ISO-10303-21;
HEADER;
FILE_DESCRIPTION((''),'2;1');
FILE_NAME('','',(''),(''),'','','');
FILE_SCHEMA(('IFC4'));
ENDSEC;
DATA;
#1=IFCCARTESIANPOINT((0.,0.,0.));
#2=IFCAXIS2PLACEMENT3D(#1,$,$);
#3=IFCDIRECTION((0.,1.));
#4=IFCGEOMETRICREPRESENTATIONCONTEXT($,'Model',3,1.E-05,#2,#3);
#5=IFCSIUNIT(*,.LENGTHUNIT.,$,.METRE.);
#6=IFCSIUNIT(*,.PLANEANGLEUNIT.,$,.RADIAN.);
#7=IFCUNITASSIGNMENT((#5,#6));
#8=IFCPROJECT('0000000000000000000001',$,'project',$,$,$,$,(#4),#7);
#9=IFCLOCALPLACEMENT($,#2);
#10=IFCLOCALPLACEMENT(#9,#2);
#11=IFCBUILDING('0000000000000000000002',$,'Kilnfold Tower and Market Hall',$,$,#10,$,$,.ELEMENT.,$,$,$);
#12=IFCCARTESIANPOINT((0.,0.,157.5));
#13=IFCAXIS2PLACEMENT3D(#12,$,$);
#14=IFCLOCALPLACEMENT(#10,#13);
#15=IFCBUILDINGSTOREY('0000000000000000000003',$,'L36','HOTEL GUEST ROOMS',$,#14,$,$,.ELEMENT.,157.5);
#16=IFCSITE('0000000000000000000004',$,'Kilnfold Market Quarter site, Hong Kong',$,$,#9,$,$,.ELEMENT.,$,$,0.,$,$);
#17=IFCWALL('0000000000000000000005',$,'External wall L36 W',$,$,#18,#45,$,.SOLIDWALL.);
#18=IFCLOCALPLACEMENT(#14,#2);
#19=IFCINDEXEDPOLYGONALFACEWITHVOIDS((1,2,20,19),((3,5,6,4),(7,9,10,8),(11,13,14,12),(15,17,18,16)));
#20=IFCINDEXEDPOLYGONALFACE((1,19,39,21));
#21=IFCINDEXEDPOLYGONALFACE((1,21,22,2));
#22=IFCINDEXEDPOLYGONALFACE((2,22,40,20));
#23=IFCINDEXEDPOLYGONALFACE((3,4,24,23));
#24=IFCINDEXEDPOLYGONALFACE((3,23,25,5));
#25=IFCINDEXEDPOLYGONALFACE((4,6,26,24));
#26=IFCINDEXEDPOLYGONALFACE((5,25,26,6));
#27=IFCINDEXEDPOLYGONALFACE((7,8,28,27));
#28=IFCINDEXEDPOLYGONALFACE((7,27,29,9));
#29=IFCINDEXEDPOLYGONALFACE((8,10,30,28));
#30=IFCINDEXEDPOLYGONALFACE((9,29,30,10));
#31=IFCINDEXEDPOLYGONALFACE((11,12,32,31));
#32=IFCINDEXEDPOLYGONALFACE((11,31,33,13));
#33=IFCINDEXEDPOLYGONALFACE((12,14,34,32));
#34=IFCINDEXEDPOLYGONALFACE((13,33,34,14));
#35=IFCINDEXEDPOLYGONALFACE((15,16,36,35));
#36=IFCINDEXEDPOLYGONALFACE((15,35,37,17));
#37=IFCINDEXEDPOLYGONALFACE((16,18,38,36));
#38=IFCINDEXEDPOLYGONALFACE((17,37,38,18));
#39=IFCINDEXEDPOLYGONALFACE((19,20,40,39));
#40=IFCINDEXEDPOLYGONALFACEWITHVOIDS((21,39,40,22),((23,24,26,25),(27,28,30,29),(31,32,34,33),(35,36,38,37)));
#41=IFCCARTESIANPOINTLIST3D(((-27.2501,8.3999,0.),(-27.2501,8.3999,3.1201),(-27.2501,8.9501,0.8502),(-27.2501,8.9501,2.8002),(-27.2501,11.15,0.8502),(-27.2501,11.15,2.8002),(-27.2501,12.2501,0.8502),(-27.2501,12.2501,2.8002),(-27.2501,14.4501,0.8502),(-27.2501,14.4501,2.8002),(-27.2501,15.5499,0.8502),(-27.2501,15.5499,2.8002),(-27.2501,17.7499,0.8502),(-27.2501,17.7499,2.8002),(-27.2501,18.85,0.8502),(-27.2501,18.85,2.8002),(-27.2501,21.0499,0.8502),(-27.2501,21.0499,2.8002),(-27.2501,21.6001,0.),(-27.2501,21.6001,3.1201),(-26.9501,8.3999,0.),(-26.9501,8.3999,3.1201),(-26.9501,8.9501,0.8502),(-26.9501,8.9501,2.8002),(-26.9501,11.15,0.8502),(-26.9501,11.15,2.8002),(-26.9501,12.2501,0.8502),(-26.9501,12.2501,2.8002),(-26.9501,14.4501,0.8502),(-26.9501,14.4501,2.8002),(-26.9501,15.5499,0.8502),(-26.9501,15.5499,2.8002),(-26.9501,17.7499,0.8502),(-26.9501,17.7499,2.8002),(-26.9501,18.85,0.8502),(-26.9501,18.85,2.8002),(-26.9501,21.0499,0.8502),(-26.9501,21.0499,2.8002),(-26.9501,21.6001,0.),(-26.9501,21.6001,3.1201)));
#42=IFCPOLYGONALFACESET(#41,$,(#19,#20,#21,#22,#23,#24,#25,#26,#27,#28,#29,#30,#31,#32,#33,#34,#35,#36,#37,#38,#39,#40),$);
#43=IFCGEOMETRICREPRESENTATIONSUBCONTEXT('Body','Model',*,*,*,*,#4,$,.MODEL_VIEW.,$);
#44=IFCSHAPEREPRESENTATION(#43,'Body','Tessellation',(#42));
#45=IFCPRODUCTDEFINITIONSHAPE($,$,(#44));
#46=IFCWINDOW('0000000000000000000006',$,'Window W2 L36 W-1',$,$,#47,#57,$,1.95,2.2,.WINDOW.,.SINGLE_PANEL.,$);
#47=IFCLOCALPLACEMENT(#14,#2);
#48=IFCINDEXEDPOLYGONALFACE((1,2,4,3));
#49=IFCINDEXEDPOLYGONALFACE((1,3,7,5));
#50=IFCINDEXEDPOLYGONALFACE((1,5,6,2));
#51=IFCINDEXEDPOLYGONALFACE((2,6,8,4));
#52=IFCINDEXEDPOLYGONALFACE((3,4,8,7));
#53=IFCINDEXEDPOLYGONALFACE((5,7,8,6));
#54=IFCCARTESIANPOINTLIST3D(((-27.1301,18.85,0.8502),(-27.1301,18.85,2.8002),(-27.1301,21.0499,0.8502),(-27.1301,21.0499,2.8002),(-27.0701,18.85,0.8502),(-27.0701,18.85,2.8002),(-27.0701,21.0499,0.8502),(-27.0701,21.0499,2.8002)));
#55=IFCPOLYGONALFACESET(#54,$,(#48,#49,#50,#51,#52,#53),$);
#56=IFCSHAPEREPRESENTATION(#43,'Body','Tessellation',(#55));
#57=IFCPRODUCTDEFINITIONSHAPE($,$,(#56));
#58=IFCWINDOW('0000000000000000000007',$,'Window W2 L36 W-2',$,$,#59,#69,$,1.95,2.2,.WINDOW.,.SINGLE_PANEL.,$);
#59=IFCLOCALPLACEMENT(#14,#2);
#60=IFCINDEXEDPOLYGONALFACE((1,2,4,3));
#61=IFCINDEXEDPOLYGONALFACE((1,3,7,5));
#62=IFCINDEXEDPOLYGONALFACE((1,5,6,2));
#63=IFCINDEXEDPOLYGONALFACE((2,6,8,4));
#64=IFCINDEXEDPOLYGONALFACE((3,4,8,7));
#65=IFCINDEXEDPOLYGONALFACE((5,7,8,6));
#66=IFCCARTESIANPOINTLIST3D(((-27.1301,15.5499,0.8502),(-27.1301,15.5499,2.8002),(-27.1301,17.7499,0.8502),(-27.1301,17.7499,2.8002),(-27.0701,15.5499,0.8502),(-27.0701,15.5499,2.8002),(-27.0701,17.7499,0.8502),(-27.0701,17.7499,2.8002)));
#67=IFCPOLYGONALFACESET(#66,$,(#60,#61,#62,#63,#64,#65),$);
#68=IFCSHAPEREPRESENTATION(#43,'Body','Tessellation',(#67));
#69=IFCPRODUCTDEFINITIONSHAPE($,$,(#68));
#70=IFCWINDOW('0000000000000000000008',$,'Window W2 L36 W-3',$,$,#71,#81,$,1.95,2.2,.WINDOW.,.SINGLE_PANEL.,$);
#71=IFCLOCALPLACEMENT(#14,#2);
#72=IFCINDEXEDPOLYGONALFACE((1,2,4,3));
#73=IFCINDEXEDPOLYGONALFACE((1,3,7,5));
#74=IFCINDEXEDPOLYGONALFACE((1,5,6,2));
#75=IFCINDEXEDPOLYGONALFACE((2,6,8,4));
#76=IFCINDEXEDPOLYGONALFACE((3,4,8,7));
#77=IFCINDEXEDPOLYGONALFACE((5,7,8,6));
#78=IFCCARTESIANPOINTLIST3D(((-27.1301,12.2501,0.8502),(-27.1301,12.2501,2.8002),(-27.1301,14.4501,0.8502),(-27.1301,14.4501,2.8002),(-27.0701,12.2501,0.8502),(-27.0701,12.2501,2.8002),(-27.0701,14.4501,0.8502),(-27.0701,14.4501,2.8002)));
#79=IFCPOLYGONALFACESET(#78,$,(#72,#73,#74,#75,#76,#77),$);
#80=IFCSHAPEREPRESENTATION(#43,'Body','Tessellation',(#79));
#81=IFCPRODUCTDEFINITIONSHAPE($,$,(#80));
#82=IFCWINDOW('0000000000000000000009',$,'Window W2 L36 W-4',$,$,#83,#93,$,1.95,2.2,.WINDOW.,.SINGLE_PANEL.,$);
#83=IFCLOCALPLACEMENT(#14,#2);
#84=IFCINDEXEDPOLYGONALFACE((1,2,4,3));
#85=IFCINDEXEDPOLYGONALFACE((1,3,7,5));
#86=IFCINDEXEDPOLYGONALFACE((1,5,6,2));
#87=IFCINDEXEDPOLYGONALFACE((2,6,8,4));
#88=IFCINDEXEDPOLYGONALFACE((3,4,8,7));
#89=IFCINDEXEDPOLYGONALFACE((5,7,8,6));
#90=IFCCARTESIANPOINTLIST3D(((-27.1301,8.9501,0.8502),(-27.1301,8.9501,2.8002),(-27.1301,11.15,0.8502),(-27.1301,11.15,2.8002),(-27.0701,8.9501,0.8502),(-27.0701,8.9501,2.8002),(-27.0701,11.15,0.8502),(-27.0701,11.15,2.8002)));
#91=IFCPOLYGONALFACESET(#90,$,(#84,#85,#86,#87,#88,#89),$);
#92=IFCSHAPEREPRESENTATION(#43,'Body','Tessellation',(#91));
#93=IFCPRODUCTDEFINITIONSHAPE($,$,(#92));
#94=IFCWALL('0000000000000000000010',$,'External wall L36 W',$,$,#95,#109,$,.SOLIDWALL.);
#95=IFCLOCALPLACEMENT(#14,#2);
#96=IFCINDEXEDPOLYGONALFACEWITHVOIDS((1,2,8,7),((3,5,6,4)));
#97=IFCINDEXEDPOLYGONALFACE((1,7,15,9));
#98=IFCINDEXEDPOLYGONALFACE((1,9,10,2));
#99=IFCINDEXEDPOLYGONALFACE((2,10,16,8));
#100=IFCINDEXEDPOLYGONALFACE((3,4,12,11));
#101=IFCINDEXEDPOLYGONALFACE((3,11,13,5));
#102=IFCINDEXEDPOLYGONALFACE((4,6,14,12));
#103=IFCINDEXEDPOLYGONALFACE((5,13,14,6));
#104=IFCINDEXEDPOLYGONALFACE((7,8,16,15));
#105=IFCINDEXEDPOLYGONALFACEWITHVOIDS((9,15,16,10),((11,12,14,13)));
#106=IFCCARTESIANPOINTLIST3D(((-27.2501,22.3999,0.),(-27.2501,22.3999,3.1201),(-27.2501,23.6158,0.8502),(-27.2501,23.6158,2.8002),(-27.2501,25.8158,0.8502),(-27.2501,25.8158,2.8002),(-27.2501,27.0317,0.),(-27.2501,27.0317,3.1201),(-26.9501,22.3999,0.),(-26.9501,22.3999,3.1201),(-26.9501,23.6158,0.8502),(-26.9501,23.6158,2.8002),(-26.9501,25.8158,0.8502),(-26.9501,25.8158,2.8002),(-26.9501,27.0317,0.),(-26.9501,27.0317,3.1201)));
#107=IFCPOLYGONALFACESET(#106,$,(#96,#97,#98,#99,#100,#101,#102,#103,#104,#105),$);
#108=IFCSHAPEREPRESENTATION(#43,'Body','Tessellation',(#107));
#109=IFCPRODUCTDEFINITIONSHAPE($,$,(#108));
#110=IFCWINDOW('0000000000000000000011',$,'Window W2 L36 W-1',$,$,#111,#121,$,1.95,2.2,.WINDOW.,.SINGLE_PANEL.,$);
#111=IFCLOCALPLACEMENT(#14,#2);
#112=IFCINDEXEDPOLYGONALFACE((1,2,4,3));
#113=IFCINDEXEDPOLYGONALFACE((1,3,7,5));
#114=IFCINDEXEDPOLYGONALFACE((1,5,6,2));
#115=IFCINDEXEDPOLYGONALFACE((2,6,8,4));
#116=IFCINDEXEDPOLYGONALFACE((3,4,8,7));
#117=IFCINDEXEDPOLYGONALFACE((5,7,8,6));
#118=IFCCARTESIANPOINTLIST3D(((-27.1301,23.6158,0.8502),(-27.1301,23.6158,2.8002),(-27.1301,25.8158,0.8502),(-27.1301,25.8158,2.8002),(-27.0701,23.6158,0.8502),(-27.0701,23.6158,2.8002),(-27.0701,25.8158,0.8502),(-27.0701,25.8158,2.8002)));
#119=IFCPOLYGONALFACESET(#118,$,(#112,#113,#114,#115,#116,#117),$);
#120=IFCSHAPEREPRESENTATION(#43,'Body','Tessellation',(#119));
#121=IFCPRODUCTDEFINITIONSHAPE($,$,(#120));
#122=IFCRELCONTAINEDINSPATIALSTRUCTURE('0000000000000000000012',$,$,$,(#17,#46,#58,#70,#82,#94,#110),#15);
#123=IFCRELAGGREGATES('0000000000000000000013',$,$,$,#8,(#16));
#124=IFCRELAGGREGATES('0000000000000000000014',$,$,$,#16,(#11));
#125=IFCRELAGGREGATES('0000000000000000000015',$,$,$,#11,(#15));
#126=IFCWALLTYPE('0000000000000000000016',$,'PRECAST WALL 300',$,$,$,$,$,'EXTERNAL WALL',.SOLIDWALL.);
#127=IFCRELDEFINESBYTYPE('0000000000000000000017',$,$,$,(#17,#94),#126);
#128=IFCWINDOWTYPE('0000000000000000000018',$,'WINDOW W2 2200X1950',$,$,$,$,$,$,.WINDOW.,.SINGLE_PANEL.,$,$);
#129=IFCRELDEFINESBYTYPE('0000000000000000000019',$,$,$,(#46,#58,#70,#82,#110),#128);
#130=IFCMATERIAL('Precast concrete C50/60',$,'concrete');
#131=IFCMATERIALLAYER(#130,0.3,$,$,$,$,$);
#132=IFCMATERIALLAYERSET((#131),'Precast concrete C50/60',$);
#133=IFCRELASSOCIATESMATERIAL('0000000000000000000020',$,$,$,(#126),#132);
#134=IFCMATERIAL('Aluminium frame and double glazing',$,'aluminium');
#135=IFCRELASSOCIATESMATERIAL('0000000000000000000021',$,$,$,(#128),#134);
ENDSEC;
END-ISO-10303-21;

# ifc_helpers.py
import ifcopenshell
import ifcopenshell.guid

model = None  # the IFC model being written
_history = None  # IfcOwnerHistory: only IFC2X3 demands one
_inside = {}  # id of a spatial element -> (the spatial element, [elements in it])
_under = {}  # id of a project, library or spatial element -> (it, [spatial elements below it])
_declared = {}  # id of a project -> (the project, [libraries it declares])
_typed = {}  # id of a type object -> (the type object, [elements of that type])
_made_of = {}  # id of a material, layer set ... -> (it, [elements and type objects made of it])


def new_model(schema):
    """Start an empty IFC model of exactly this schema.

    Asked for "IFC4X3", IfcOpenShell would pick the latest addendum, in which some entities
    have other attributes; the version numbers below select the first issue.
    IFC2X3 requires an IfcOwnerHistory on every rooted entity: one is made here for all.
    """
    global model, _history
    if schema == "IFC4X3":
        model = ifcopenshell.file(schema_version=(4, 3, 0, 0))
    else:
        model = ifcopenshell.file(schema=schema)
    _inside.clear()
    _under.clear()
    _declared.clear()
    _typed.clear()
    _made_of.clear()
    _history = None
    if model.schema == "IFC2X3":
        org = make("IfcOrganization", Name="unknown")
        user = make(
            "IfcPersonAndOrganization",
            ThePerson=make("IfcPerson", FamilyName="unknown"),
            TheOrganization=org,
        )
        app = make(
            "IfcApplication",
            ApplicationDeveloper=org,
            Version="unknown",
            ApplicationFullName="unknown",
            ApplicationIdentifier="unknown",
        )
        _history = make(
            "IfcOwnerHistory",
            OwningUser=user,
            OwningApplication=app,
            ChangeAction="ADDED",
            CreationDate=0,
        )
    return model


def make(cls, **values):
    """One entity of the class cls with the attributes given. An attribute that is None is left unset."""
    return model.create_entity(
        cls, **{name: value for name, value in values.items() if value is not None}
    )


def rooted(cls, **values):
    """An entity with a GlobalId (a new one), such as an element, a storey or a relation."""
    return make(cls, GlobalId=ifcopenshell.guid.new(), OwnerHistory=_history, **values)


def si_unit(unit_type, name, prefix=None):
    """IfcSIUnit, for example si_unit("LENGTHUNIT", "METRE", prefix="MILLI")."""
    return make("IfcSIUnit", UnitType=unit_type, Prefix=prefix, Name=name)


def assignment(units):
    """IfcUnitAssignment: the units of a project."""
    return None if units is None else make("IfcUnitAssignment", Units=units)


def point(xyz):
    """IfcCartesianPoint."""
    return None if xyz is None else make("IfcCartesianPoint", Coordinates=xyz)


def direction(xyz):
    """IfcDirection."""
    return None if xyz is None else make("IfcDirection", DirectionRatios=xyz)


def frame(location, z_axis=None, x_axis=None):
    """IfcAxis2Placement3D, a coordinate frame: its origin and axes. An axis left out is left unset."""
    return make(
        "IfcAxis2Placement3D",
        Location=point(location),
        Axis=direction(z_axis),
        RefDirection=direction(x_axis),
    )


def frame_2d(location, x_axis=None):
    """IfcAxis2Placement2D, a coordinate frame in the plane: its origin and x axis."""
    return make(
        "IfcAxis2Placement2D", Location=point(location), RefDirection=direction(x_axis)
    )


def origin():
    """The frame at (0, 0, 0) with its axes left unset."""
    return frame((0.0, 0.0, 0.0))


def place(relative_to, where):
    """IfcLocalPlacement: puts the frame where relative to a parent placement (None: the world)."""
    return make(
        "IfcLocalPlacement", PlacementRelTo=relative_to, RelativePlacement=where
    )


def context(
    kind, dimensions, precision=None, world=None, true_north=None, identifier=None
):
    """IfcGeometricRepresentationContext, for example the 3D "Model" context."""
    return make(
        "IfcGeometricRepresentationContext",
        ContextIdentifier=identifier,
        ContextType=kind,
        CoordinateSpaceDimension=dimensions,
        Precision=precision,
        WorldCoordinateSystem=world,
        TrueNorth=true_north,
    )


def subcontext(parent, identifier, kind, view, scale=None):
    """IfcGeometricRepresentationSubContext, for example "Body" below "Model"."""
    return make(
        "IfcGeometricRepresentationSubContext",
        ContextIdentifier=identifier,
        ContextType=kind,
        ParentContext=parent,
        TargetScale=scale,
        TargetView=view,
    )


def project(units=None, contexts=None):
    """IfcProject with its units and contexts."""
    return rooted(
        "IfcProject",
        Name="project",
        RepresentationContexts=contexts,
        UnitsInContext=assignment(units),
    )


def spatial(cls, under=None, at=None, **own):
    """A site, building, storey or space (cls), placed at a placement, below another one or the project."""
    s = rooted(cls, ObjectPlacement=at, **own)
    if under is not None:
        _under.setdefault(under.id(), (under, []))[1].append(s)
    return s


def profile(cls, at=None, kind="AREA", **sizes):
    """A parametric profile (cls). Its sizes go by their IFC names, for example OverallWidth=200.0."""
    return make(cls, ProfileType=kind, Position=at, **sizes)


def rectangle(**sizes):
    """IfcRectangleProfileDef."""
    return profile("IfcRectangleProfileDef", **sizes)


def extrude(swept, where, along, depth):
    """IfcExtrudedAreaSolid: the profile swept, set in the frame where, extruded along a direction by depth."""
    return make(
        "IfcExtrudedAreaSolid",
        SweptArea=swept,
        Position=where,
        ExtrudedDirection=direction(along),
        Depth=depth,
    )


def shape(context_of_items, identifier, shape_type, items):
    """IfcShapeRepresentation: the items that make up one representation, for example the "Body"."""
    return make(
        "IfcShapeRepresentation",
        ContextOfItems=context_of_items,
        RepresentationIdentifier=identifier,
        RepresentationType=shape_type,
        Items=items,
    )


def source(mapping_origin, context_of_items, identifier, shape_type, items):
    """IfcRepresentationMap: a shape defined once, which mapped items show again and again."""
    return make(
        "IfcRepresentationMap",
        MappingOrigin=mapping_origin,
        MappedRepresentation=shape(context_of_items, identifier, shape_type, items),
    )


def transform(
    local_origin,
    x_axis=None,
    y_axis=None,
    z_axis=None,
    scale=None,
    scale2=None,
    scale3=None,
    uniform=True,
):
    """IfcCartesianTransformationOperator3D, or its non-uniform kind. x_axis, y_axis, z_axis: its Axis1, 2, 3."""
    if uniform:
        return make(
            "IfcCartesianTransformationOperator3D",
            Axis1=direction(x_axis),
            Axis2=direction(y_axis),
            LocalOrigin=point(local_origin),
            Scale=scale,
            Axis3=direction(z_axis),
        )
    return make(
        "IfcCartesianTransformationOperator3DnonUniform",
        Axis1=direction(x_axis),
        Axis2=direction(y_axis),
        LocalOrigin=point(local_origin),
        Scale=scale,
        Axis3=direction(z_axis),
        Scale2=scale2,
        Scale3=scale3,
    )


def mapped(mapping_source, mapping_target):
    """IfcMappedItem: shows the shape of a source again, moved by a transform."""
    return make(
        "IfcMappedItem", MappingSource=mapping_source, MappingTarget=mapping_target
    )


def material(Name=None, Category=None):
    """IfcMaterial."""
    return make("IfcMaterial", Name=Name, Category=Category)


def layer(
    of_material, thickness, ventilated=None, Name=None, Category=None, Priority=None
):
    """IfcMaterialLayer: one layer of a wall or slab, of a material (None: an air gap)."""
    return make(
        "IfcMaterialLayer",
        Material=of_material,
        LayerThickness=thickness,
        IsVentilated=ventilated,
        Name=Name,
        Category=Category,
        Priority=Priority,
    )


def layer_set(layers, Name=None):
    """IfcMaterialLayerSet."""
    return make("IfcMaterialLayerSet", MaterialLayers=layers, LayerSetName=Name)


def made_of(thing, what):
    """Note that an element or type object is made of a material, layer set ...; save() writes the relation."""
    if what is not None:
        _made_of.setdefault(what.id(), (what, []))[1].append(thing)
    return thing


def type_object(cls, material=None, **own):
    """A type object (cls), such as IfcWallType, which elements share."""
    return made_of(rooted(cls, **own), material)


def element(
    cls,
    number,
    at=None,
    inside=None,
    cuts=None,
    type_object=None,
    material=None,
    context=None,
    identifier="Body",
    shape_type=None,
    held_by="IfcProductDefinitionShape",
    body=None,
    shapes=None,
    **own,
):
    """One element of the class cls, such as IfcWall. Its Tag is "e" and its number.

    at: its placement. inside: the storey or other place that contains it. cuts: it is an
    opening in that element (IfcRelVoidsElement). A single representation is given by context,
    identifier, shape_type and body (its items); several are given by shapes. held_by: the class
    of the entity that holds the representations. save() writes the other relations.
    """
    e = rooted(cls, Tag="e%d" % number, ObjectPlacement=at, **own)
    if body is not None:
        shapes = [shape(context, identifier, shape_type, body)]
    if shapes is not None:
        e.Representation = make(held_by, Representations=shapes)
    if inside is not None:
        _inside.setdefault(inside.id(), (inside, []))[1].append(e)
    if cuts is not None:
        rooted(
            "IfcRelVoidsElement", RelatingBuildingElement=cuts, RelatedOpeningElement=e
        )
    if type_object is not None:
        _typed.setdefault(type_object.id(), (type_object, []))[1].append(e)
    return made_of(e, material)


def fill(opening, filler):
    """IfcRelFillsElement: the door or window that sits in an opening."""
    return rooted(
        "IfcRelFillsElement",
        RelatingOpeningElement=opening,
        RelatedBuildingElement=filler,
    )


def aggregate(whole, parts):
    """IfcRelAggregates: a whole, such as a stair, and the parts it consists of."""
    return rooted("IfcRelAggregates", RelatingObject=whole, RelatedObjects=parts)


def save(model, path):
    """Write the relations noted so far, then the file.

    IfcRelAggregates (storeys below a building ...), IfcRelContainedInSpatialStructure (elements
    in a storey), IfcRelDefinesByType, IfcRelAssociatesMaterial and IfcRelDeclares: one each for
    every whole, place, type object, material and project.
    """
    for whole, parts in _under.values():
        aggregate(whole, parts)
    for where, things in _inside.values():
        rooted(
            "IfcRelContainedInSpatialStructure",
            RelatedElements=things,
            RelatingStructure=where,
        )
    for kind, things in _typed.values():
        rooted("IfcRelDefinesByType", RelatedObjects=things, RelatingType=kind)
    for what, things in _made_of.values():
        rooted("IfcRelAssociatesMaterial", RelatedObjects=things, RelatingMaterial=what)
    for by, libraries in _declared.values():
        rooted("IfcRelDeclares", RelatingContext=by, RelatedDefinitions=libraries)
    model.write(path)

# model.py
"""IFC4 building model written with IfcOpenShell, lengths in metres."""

from ifc_helpers import new_model, si_unit, direction, frame, frame_2d, origin, place, context, subcontext, project, spatial, rectangle, extrude, source, transform, mapped, material, layer, layer_set, type_object, element, fill, save


model = new_model("IFC4")

# Units and contexts
model_context = context("Model", 3, precision=1e-05, world=origin(), true_north=direction((0.0, 1.0)))
body_context = subcontext(model_context, "Body", "Model", "MODEL_VIEW")
ifc_project = project(units=[si_unit("LENGTHUNIT", "METRE"), si_unit("PLANEANGLEUNIT", "RADIAN")], contexts=[model_context])

# Site, building, storey
site_placement = place(None, origin())
site = spatial("IfcSite", under=ifc_project, at=site_placement, Name="Kilnfold Market Quarter site, Hong Kong", CompositionType="ELEMENT", RefElevation=0.0)
building_placement = place(site_placement, origin())
building = spatial("IfcBuilding", under=site, at=building_placement, Name="Kilnfold Tower and Market Hall", CompositionType="ELEMENT")
storey_placement = place(building_placement, frame((0.0, 0.0, 157.5)))
storey = spatial("IfcBuildingStorey", under=building, at=storey_placement, Name="L36", Description="HOTEL GUEST ROOMS", CompositionType="ELEMENT", Elevation=157.5)

# Shared definitions
ifc_material_1 = material(Name="Precast concrete C50/60", Category="concrete")
ifc_layer_1 = layer(ifc_material_1, 0.3)
ifc_layer_set_1 = layer_set([ifc_layer_1], Name="Precast concrete C50/60")
wall_type_1 = type_object("IfcWallType", Name="PRECAST WALL 300", ElementType="EXTERNAL WALL", PredefinedType="SOLIDWALL", material=ifc_layer_set_1)
ifc_material_2 = material(Name="Aluminium frame and double glazing", Category="aluminium")
window_type = type_object("IfcWindowType", Name="WINDOW W2 2200X1950", PartitioningType="SINGLE_PANEL", PredefinedType="WINDOW", material=ifc_material_2)

# Wall, openings, windows
shared_shape_1 = source(origin(), body_context, "Body", "SweptSolid", [
    extrude(rectangle(XDim=13.2002, YDim=0.3, at=frame_2d((6.6001, 0.0))), origin(), (0.0, 0.0, 1.0), 3.1201),
])
wall_1_placement = place(storey_placement, frame((-27.1001, 21.6001, 0.0), z_axis=(0.0, 0.0, 1.0), x_axis=(0.0, -1.0, 0.0)))
wall_1 = element("IfcWall", 1, at=wall_1_placement, inside=storey, type_object=wall_type_1, Name="External wall L36 W", PredefinedType="SOLIDWALL", context=body_context, shape_type="MappedRepresentation", body=[
    mapped(shared_shape_1, transform((0.0, 0.0, 0.0))),
])
opening_1_placement = place(wall_1_placement, frame((0.55, 0.0, 0.8501)))
opening_1 = element("IfcOpeningElement", 2, at=opening_1_placement, cuts=wall_1, PredefinedType="OPENING", context=body_context, shape_type="SweptSolid", body=[
    extrude(rectangle(XDim=2.2, YDim=1.95, at=frame_2d((1.1001, 0.9751))), frame((0.0, 0.1602, 0.0), z_axis=(0.0, -1.0, 0.0), x_axis=(1.0, 0.0, 0.0)), (0.0, 0.0, 1.0), 0.3201),
])
opening_2_placement = place(wall_1_placement, frame((3.8501, 0.0, 0.8501)))
opening_2 = element("IfcOpeningElement", 3, at=opening_2_placement, cuts=wall_1, PredefinedType="OPENING", context=body_context, shape_type="SweptSolid", body=[
    extrude(rectangle(XDim=2.2, YDim=1.95, at=frame_2d((1.1001, 0.9751))), frame((0.0, 0.1602, 0.0), z_axis=(0.0, -1.0, 0.0), x_axis=(1.0, 0.0, 0.0)), (0.0, 0.0, 1.0), 0.3201),
])
opening_3_placement = place(wall_1_placement, frame((7.1499, 0.0, 0.8501)))
opening_3 = element("IfcOpeningElement", 4, at=opening_3_placement, cuts=wall_1, PredefinedType="OPENING", context=body_context, shape_type="SweptSolid", body=[
    extrude(rectangle(XDim=2.2, YDim=1.95, at=frame_2d((1.1001, 0.9751))), frame((0.0, 0.1602, 0.0), z_axis=(0.0, -1.0, 0.0), x_axis=(1.0, 0.0, 0.0)), (0.0, 0.0, 1.0), 0.3201),
])
opening_4_placement = place(wall_1_placement, frame((10.45, 0.0, 0.8501)))
opening_4 = element("IfcOpeningElement", 5, at=opening_4_placement, cuts=wall_1, PredefinedType="OPENING", context=body_context, shape_type="SweptSolid", body=[
    extrude(rectangle(XDim=2.2, YDim=1.95, at=frame_2d((1.1001, 0.9751))), frame((0.0, 0.1602, 0.0), z_axis=(0.0, -1.0, 0.0), x_axis=(1.0, 0.0, 0.0)), (0.0, 0.0, 1.0), 0.3201),
])
window_1_placement = place(opening_1_placement, origin())
window_1 = element("IfcWindow", 6, at=window_1_placement, inside=storey, type_object=window_type, Name="Window W2 L36 W-1", OverallHeight=1.95, OverallWidth=2.2, PartitioningType="SINGLE_PANEL", PredefinedType="WINDOW", context=body_context, shape_type="SweptSolid", body=[
    extrude(rectangle(XDim=2.2, YDim=1.95, at=frame_2d((1.1001, 0.9751))), frame((0.0, 0.03, 0.0), z_axis=(0.0, -1.0, 0.0), x_axis=(1.0, 0.0, 0.0)), (0.0, 0.0, 1.0), 0.0601),
])
fill(opening_1, window_1)
window_2_placement = place(opening_2_placement, origin())
window_2 = element("IfcWindow", 7, at=window_2_placement, inside=storey, type_object=window_type, Name="Window W2 L36 W-2", OverallHeight=1.95, OverallWidth=2.2, PartitioningType="SINGLE_PANEL", PredefinedType="WINDOW", context=body_context, shape_type="SweptSolid", body=[
    extrude(rectangle(XDim=2.2, YDim=1.95, at=frame_2d((1.1001, 0.9751))), frame((0.0, 0.03, 0.0), z_axis=(0.0, -1.0, 0.0), x_axis=(1.0, 0.0, 0.0)), (0.0, 0.0, 1.0), 0.0601),
])
fill(opening_2, window_2)
window_3_placement = place(opening_3_placement, origin())
window_3 = element("IfcWindow", 8, at=window_3_placement, inside=storey, type_object=window_type, Name="Window W2 L36 W-3", OverallHeight=1.95, OverallWidth=2.2, PartitioningType="SINGLE_PANEL", PredefinedType="WINDOW", context=body_context, shape_type="SweptSolid", body=[
    extrude(rectangle(XDim=2.2, YDim=1.95, at=frame_2d((1.1001, 0.9751))), frame((0.0, 0.03, 0.0), z_axis=(0.0, -1.0, 0.0), x_axis=(1.0, 0.0, 0.0)), (0.0, 0.0, 1.0), 0.0601),
])
fill(opening_3, window_3)
window_4_placement = place(opening_4_placement, origin())
window_4 = element("IfcWindow", 9, at=window_4_placement, inside=storey, type_object=window_type, Name="Window W2 L36 W-4", OverallHeight=1.95, OverallWidth=2.2, PartitioningType="SINGLE_PANEL", PredefinedType="WINDOW", context=body_context, shape_type="SweptSolid", body=[
    extrude(rectangle(XDim=2.2, YDim=1.95, at=frame_2d((1.1001, 0.9751))), frame((0.0, 0.03, 0.0), z_axis=(0.0, -1.0, 0.0), x_axis=(1.0, 0.0, 0.0)), (0.0, 0.0, 1.0), 0.0601),
])
fill(opening_4, window_4)

# Wall, opening, window
shared_shape_2 = source(origin(), body_context, "Body", "SweptSolid", [
    extrude(rectangle(XDim=4.6318, YDim=0.3, at=frame_2d((2.3159, 0.0))), origin(), (0.0, 0.0, 1.0), 3.1201),
])
wall_2_placement = place(storey_placement, frame((-27.1001, 27.0317, 0.0), z_axis=(0.0, 0.0, 1.0), x_axis=(0.0, -1.0, 0.0)))
wall_2 = element("IfcWall", 10, at=wall_2_placement, inside=storey, type_object=wall_type_1, Name="External wall L36 W", PredefinedType="SOLIDWALL", context=body_context, shape_type="MappedRepresentation", body=[
    mapped(shared_shape_2, transform((0.0, 0.0, 0.0))),
])
opening_5_placement = place(wall_2_placement, frame((1.2158, 0.0, 0.8501)))
opening_5 = element("IfcOpeningElement", 11, at=opening_5_placement, cuts=wall_2, PredefinedType="OPENING", context=body_context, shape_type="SweptSolid", body=[
    extrude(rectangle(XDim=2.2, YDim=1.95, at=frame_2d((1.1001, 0.9751))), frame((0.0, 0.1602, 0.0), z_axis=(0.0, -1.0, 0.0), x_axis=(1.0, 0.0, 0.0)), (0.0, 0.0, 1.0), 0.3201),
])
window_5_placement = place(opening_5_placement, origin())
window_5 = element("IfcWindow", 12, at=window_5_placement, inside=storey, type_object=window_type, Name="Window W2 L36 W-1", OverallHeight=1.95, OverallWidth=2.2, PartitioningType="SINGLE_PANEL", PredefinedType="WINDOW", context=body_context, shape_type="SweptSolid", body=[
    extrude(rectangle(XDim=2.2, YDim=1.95, at=frame_2d((1.1001, 0.9751))), frame((0.0, 0.03, 0.0), z_axis=(0.0, -1.0, 0.0), x_axis=(1.0, 0.0, 0.0)), (0.0, 0.0, 1.0), 0.0601),
])
fill(opening_5, window_5)

save(model, "model.ifc")
